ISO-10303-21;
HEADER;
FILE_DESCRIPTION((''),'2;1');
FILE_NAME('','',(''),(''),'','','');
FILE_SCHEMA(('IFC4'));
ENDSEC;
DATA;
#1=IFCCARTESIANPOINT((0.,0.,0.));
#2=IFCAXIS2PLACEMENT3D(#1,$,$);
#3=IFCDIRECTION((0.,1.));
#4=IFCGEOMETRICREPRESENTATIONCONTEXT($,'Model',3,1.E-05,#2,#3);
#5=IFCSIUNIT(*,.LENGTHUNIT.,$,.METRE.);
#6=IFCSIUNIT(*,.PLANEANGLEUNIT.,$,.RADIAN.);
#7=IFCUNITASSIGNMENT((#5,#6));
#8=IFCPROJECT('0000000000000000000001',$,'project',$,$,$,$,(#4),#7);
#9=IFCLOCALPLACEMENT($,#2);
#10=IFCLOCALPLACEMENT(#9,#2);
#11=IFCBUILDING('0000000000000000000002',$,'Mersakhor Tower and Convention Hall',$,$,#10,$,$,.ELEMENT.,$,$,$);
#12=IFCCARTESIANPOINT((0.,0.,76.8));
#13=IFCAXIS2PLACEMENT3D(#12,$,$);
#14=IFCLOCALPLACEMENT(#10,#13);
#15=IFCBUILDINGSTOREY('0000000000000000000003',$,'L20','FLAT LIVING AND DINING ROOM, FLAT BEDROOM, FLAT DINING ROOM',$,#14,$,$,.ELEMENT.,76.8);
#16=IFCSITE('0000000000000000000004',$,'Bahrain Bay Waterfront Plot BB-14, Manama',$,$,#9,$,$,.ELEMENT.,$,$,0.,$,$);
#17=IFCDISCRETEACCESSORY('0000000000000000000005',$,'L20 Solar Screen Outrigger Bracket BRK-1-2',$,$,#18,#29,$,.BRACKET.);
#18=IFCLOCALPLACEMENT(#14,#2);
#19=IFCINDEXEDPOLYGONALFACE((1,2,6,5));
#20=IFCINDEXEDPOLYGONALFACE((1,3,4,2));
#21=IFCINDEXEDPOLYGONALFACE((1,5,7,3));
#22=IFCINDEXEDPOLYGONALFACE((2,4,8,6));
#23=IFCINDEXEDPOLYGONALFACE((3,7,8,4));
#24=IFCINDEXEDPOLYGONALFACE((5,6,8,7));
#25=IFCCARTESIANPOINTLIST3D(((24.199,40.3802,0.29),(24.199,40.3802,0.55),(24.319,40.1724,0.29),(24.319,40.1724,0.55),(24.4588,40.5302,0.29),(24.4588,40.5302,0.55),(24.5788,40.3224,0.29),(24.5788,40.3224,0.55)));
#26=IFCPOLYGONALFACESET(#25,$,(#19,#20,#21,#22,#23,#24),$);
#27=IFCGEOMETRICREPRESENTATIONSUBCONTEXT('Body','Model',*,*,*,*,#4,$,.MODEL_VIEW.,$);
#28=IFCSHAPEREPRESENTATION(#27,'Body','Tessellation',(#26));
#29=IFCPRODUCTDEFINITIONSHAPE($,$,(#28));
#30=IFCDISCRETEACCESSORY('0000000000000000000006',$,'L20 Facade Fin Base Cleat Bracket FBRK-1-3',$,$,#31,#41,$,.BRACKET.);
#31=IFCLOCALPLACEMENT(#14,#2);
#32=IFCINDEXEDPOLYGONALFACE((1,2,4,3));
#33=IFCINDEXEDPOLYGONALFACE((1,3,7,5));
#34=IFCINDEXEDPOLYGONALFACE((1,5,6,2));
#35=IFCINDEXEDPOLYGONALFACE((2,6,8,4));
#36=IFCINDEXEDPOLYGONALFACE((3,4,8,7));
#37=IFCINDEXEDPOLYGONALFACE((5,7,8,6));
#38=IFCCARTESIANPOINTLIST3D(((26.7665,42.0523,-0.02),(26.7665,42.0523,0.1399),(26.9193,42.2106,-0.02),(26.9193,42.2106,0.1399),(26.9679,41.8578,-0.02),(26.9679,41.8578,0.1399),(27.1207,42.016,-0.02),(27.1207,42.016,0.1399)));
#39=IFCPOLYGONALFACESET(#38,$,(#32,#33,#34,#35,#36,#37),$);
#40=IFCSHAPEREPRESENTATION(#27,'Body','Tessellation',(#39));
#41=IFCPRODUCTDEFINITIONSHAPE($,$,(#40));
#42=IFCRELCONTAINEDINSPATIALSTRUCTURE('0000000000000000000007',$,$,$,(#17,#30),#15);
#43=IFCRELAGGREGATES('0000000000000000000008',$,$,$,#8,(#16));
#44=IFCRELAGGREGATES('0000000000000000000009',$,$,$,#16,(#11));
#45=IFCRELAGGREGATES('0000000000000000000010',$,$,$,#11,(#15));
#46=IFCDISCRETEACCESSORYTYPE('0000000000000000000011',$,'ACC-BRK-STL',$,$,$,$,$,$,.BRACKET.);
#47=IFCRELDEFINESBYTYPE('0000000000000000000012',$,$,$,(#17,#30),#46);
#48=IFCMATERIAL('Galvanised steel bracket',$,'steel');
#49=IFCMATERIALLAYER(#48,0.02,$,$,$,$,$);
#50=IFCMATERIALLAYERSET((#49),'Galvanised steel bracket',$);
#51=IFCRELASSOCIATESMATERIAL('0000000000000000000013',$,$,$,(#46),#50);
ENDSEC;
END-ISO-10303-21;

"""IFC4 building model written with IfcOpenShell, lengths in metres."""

from ifc_helpers import new_model, si_unit, direction, frame, origin, origin_2d, place, context, subcontext, project, spatial, rectangle, extrude, material, layer, layer_set, type_object, element, save


model = new_model("IFC4")

# Units and contexts
model_context = context("Model", 3, precision=1e-05, world=origin(), true_north=direction((0.0, 1.0)))
body_context = subcontext(model_context, "Body", "Model", "MODEL_VIEW")
ifc_project = project(units=[si_unit("LENGTHUNIT", "METRE"), si_unit("PLANEANGLEUNIT", "RADIAN")], contexts=[model_context])

# Site, building, storey
site_placement = place(None, origin())
site = spatial("IfcSite", under=ifc_project, at=site_placement, Name="Bahrain Bay Waterfront Plot BB-14, Manama", CompositionType="ELEMENT", RefElevation=0.0)
building_placement = place(site_placement, origin())
building = spatial("IfcBuilding", under=site, at=building_placement, Name="Mersakhor Tower and Convention Hall", CompositionType="ELEMENT")
storey_placement = place(building_placement, frame((0.0, 0.0, 76.8)))
storey = spatial("IfcBuildingStorey", under=building, at=storey_placement, Name="L20", Description="FLAT LIVING AND DINING ROOM, FLAT BEDROOM, FLAT DINING ROOM", CompositionType="ELEMENT", Elevation=76.8)

# Discrete accessories
ifc_material_1 = material(Name="Galvanised steel bracket", Category="steel")
ifc_layer_1 = layer(ifc_material_1, 0.02)
ifc_layer_set_1 = layer_set([ifc_layer_1], Name="Galvanised steel bracket")
discrete_accessory_type = type_object("IfcDiscreteAccessoryType", Name="ACC-BRK-STL", PredefinedType="BRACKET", material=ifc_layer_set_1)
discrete_accessory_1_placement = place(storey_placement, frame((24.3889, 40.3513, 0.29), z_axis=(0.0, 0.0, 1.0), x_axis=(0.866025, 0.5, 0.0)))
element("IfcDiscreteAccessory", 1, at=discrete_accessory_1_placement, inside=storey, type_object=discrete_accessory_type, Name="L20 Solar Screen Outrigger Bracket BRK-1-2", PredefinedType="BRACKET", context=body_context, shape_type="SweptSolid", body=[
    extrude(rectangle(XDim=0.3, YDim=0.24, at=origin_2d()), origin(), (0.0, 0.0, 1.0), 0.26),
])
discrete_accessory_2_placement = place(storey_placement, frame((26.9436, 42.0342, -0.02), z_axis=(0.0, 0.0, 1.0), x_axis=(-0.71934, 0.694658, 0.0)))
element("IfcDiscreteAccessory", 2, at=discrete_accessory_2_placement, inside=storey, type_object=discrete_accessory_type, Name="L20 Facade Fin Base Cleat Bracket FBRK-1-3", PredefinedType="BRACKET", context=body_context, shape_type="SweptSolid", body=[
    extrude(rectangle(XDim=0.28, YDim=0.22, at=origin_2d()), origin(), (0.0, 0.0, 1.0), 0.1599),
])

save(model, "model.ifc")
